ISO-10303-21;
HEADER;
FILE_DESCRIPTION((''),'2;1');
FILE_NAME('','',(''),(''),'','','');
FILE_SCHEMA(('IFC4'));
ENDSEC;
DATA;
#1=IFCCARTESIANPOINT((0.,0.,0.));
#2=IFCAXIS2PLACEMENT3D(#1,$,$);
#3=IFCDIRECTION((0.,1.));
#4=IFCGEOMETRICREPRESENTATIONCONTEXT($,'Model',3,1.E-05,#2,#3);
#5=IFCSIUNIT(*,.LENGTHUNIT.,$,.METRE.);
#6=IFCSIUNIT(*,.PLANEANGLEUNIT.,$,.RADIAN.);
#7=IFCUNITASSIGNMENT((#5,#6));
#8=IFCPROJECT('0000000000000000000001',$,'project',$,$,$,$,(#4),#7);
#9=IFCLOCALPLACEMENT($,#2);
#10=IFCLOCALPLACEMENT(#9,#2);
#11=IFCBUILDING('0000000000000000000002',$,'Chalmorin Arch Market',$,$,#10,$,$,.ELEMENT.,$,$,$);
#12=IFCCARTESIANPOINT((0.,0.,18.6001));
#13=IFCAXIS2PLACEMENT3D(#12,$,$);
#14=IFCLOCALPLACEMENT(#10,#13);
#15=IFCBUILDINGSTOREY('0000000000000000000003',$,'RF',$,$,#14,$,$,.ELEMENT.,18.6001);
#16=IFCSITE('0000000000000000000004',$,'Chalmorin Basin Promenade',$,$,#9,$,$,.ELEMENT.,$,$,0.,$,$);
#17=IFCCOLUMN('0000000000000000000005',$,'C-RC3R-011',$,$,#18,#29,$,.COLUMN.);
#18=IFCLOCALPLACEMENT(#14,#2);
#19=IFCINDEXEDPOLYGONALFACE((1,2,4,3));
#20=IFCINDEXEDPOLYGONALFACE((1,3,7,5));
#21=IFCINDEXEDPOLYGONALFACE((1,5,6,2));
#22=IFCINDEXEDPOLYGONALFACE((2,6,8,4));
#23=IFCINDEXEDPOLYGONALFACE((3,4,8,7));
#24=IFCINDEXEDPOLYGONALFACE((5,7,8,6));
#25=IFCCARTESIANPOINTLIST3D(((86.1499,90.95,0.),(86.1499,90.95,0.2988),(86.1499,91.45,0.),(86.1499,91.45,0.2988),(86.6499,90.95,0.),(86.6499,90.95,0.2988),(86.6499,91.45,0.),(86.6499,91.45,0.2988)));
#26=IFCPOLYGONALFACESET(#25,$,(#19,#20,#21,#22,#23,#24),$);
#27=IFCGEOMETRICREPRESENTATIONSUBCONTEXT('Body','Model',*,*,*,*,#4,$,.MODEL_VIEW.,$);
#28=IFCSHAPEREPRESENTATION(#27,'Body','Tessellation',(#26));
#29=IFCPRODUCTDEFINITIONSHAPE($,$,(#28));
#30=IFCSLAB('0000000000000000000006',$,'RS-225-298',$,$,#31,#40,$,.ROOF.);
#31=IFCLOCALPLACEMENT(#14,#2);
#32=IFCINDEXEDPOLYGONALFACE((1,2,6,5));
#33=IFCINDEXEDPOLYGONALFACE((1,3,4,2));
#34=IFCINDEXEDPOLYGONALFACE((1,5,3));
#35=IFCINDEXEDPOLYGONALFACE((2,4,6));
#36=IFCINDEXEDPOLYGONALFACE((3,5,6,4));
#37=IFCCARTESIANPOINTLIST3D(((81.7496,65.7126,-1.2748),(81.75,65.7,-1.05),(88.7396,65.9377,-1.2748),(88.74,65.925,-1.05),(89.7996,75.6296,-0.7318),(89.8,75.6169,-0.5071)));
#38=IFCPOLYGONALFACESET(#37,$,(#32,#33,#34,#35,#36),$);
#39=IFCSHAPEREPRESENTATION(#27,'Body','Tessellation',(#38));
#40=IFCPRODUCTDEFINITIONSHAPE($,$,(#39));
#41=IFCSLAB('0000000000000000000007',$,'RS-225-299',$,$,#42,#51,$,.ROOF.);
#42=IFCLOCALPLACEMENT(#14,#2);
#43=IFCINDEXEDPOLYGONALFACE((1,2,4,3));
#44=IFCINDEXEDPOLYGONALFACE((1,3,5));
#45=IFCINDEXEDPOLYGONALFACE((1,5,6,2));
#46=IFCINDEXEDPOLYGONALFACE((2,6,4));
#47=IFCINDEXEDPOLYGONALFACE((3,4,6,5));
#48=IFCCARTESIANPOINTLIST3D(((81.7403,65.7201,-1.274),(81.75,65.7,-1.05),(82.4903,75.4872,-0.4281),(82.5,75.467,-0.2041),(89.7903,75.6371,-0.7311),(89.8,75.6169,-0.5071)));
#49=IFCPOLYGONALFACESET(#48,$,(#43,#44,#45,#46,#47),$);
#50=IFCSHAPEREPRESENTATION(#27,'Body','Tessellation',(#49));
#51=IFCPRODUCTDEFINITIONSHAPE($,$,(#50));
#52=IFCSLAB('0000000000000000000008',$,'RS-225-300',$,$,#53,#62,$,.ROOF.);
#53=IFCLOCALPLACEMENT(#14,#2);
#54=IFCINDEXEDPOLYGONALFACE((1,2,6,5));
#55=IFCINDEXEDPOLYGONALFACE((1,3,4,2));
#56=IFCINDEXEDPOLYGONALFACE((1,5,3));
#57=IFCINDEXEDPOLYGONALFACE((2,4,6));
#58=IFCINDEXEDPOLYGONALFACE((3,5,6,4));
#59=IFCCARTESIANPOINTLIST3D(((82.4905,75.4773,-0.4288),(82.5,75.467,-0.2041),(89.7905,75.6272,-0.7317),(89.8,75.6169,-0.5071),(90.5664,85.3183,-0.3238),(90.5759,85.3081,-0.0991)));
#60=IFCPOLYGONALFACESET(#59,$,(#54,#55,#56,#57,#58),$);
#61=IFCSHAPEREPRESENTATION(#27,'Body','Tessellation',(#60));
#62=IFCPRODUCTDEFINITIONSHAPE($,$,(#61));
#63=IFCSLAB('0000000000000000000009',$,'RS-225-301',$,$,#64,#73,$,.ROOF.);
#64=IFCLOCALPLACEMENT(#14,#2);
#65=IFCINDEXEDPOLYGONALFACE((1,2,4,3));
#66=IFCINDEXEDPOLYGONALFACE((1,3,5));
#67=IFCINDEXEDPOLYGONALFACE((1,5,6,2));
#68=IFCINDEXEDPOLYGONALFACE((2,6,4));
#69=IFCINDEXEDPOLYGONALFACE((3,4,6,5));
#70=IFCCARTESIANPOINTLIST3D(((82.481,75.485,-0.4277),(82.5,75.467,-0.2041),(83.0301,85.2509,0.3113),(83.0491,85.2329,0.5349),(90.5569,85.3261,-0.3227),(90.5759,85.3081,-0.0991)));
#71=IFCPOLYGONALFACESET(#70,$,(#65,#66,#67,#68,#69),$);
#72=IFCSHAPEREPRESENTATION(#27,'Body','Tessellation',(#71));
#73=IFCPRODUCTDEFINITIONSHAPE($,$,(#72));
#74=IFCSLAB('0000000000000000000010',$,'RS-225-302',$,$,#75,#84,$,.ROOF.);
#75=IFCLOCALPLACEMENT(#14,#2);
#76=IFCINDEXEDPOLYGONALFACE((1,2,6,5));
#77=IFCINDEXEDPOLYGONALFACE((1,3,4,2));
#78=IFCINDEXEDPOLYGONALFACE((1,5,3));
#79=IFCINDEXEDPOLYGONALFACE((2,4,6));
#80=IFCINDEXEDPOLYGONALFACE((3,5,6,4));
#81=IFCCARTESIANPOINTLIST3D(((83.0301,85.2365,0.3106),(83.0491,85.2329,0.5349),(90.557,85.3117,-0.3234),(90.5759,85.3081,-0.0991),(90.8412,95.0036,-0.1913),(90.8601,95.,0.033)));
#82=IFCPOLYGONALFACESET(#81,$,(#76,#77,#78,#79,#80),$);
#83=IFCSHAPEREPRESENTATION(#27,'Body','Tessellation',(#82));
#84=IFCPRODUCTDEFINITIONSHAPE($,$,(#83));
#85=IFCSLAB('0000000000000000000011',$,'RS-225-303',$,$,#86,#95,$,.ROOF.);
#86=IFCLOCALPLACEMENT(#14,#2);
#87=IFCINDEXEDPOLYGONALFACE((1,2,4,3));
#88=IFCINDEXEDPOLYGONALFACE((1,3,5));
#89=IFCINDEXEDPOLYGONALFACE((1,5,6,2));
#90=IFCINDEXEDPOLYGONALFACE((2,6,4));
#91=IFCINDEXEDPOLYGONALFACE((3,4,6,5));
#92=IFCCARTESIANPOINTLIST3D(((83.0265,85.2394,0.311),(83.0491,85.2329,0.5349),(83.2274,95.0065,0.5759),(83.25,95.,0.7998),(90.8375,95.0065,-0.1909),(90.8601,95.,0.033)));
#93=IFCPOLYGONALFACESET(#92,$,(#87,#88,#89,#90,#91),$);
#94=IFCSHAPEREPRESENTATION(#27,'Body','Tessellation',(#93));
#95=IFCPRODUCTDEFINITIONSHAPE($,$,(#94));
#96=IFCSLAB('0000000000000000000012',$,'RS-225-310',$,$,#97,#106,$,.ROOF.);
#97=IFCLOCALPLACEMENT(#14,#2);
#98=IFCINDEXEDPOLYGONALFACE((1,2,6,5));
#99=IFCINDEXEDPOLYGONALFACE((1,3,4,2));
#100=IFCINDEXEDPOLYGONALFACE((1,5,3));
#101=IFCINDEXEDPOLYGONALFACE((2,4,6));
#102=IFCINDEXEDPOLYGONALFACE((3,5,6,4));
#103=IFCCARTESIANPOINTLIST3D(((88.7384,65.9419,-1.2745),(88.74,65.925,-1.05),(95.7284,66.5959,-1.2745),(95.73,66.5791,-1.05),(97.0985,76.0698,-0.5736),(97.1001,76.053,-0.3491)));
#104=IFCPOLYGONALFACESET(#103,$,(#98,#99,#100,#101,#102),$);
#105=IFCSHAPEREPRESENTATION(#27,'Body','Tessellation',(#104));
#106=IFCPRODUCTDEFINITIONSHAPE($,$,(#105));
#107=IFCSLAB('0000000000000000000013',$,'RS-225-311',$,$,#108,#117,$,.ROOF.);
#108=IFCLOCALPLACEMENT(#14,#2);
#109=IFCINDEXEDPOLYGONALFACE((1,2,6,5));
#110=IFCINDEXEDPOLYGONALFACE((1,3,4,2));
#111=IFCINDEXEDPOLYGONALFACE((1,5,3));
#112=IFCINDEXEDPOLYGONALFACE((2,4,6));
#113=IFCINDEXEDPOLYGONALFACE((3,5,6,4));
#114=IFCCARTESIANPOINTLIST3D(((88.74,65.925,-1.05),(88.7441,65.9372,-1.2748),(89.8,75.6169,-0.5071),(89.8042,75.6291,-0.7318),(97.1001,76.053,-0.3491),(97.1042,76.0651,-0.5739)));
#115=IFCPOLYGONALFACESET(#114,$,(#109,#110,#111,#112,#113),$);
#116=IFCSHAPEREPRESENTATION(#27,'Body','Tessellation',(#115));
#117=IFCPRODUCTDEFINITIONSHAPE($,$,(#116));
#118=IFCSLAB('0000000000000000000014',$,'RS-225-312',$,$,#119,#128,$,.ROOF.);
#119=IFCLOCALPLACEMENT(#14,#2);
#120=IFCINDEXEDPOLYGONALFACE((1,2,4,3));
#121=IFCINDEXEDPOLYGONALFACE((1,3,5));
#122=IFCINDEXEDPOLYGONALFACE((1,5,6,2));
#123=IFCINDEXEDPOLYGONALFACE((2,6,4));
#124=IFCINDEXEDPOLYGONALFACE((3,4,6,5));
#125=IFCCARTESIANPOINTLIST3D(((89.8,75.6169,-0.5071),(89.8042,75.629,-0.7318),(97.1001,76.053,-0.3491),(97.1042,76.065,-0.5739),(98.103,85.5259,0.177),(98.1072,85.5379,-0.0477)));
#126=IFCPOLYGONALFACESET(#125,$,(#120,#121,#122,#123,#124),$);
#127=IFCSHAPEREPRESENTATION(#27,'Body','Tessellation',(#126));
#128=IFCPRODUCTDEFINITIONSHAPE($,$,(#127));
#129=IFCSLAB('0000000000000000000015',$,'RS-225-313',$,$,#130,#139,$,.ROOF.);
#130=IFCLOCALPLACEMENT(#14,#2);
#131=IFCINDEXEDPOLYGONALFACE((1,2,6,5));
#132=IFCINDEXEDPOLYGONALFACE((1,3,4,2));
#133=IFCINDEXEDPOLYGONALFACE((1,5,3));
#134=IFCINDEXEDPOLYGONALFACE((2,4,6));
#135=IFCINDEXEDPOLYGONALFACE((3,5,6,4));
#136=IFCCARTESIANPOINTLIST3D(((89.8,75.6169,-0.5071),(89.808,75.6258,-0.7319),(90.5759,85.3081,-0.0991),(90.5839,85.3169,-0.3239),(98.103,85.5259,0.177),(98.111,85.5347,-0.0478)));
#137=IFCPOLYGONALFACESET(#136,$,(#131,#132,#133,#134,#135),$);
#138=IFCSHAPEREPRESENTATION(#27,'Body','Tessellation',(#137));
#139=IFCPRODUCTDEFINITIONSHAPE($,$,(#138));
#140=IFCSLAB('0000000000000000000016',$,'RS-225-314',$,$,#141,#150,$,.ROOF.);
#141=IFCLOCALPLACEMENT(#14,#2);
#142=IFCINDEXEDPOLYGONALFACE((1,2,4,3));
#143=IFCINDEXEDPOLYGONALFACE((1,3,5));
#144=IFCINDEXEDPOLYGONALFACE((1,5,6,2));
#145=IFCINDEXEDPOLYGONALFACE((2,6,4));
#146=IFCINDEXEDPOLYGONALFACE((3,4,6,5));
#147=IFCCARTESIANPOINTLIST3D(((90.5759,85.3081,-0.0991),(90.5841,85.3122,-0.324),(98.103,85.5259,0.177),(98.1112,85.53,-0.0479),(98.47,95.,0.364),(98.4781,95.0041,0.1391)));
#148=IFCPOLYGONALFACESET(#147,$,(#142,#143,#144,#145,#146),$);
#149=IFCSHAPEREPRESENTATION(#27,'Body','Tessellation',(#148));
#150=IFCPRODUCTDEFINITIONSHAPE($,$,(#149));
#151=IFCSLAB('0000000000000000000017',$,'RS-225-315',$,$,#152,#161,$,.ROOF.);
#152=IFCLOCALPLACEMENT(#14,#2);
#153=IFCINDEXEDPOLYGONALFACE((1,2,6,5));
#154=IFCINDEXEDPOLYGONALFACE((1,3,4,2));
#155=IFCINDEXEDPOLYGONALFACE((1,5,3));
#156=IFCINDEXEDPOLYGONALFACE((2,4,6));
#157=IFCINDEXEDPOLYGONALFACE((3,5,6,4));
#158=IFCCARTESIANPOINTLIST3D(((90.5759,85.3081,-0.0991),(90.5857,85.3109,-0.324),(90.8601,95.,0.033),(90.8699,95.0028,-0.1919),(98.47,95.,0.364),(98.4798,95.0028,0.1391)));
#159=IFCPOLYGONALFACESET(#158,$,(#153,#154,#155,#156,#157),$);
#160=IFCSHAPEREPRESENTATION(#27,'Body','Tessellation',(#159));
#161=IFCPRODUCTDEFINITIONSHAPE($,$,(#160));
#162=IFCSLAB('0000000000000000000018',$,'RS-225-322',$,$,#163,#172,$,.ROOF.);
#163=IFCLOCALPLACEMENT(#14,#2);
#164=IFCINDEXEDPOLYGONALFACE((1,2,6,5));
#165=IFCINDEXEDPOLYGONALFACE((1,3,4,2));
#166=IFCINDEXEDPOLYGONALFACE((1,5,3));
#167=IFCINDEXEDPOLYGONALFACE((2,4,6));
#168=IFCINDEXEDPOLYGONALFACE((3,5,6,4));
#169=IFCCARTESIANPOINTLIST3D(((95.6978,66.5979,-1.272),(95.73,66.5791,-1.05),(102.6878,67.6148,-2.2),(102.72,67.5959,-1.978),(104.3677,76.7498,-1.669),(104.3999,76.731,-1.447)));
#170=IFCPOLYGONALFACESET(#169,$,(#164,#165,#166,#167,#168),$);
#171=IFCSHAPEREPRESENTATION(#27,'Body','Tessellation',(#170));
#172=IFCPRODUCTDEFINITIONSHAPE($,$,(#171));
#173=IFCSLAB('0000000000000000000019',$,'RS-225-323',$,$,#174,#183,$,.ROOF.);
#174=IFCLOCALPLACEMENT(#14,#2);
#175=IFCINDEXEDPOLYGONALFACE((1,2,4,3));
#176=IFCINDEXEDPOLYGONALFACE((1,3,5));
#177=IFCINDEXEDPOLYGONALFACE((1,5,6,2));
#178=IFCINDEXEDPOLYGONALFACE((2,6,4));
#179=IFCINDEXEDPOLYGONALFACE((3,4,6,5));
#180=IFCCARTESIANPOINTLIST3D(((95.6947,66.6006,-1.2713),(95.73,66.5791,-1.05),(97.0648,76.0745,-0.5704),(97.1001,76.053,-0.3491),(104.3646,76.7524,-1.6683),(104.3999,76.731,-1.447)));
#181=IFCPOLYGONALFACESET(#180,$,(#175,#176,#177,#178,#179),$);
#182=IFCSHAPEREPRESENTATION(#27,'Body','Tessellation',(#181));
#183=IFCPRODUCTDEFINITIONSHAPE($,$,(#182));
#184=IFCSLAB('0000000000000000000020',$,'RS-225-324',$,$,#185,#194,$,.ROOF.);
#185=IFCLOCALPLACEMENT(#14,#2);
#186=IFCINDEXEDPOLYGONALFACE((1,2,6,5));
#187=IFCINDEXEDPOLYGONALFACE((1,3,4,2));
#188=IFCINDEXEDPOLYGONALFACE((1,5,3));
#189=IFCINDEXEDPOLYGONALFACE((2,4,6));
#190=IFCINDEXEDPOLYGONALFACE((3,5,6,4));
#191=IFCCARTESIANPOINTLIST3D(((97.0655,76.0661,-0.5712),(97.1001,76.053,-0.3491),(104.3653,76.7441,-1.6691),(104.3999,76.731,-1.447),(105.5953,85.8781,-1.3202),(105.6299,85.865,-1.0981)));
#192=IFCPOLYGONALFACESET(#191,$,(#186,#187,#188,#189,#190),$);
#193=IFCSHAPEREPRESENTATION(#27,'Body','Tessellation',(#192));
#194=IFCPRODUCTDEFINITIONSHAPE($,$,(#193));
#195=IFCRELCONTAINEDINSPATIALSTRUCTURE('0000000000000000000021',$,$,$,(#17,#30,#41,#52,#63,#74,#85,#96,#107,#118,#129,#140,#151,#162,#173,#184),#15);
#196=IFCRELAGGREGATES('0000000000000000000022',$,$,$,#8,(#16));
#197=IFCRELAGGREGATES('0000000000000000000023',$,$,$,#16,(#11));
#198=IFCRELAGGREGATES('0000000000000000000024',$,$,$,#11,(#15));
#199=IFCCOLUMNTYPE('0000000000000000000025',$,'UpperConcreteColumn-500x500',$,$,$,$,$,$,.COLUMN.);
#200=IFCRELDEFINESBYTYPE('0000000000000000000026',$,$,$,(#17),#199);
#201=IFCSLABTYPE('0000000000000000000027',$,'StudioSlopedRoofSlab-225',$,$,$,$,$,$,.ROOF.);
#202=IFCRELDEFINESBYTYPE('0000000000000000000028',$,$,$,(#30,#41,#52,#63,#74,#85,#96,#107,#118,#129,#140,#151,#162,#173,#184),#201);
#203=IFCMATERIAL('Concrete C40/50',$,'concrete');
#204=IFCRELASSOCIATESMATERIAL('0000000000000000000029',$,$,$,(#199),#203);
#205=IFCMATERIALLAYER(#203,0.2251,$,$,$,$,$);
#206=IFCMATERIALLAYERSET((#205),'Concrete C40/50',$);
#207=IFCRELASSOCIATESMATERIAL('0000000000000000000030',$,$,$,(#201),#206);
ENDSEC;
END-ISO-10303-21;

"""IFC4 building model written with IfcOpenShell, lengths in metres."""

from ifc_helpers import new_model, si_unit, direction, frame, origin, origin_2d, place, context, subcontext, project, spatial, polyline, rectangle, outline, extrude, material, layer, layer_set, material_profile, profile_set, type_object, element, save


model = new_model("IFC4")

# Units and contexts
model_context = context("Model", 3, precision=1e-05, world=origin(), true_north=direction((0.0, 1.0)))
body_context = subcontext(model_context, "Body", "Model", "MODEL_VIEW")
ifc_project = project(units=[si_unit("LENGTHUNIT", "METRE"), si_unit("PLANEANGLEUNIT", "RADIAN")], contexts=[model_context])

# Site, building, storey
site_placement = place(None, origin())
site = spatial("IfcSite", under=ifc_project, at=site_placement, Name="Chalmorin Basin Promenade", CompositionType="ELEMENT", RefElevation=0.0)
building_placement = place(site_placement, origin())
building = spatial("IfcBuilding", under=site, at=building_placement, Name="Chalmorin Arch Market", CompositionType="ELEMENT")
storey_placement = place(building_placement, frame((0.0, 0.0, 18.6001)))
storey = spatial("IfcBuildingStorey", under=building, at=storey_placement, Name="RF", CompositionType="ELEMENT", Elevation=18.6001)

# Column
ifc_material = material(Name="Concrete C40/50", Category="concrete")
ifc_material_profile = material_profile(ifc_material, rectangle(XDim=0.5, YDim=0.5, at=origin_2d()), Name="RC500X500")
ifc_profile_set = profile_set([ifc_material_profile], Name="Concrete C40/50")
column_type = type_object("IfcColumnType", Name="UpperConcreteColumn-500x500", PredefinedType="COLUMN", material=ifc_profile_set)
column_placement = place(storey_placement, frame((86.3999, 91.2, 0.0), z_axis=(0.0, 0.0, 1.0), x_axis=(1.0, 0.0, 0.0)))
element("IfcColumn", 1, at=column_placement, inside=storey, type_object=column_type, Name="C-RC3R-011", PredefinedType="COLUMN", context=body_context, shape_type="SweptSolid", body=[
    extrude(rectangle(XDim=0.5, YDim=0.5, at=origin_2d()), origin(), (0.0, 0.0, 1.0), 0.2988),
])

# Slabs
ifc_layer = layer(ifc_material, 0.2251)
ifc_layer_set = layer_set([ifc_layer], Name="Concrete C40/50")
slab_type = type_object("IfcSlabType", Name="StudioSlopedRoofSlab-225", PredefinedType="ROOF", material=ifc_layer_set)
slab_1_placement = place(storey_placement, frame((81.75, 65.7, -1.05), z_axis=(0.001808, -0.056132, 0.998422), x_axis=(0.999482, 0.032186, 0.0)))
element("IfcSlab", 2, at=slab_1_placement, inside=storey, type_object=slab_type, Name="RS-225-298", PredefinedType="ROOF", context=body_context, shape_type="SweptSolid", body=[
    extrude(outline(polyline([(0.0, 0.0), (6.9936, 0.0), (8.3651, 9.668), (0.0, 0.0)])), origin(), (0.0, 0.0, -1.0), 0.2251),
])
slab_2_placement = place(storey_placement, frame((81.75, 65.7, -1.05), z_axis=(0.043136, -0.089496, 0.995053), x_axis=(0.62967, 0.775701, 0.042471)))
element("IfcSlab", 3, at=slab_2_placement, inside=storey, type_object=slab_type, Name="RS-225-299", PredefinedType="ROOF", context=body_context, shape_type="SweptSolid", body=[
    extrude(outline(polyline([(0.0, 0.0), (12.7846, 0.0), (8.0845, 5.596), (0.0, 0.0)])), origin(), (0.0, 0.0, -1.0), 0.2251),
])
slab_3_placement = place(storey_placement, frame((82.5, 75.467, -0.2041), z_axis=(0.042356, -0.045406, 0.99807), x_axis=(0.99893, 0.020512, -0.041459)))
element("IfcSlab", 4, at=slab_3_placement, inside=storey, type_object=slab_type, Name="RS-225-300", PredefinedType="ROOF", context=body_context, shape_type="SweptSolid", body=[
    extrude(outline(polyline([(0.0, 0.0), (7.3079, 0.0), (8.2648, 9.6836), (0.0, 0.0)])), origin(), (0.0, 0.0, -1.0), 0.2251),
])
slab_4_placement = place(storey_placement, frame((82.5, 75.467, -0.2041), z_axis=(0.084463, -0.079909, 0.993217), x_axis=(0.634352, 0.773001, 0.008246)))
element("IfcSlab", 5, at=slab_4_placement, inside=storey, type_object=slab_type, Name="RS-225-301", PredefinedType="ROOF", context=body_context, shape_type="SweptSolid", body=[
    extrude(outline(polyline([(0.0, 0.0), (12.731, 0.0), (7.9034, 5.81), (0.0, 0.0)])), origin(), (0.0, 0.0, -1.0), 0.2251),
])
slab_5_placement = place(storey_placement, frame((83.0491, 85.2329, 0.5349), z_axis=(0.084087, -0.016043, 0.996329), x_axis=(0.996422, 0.009955, -0.083935)))
element("IfcSlab", 6, at=slab_5_placement, inside=storey, type_object=slab_type, Name="RS-225-302", PredefinedType="ROOF", context=body_context, shape_type="SweptSolid", body=[
    extrude(outline(polyline([(0.0, 0.0), (7.5539, 0.0), (7.9224, 9.69), (0.0, 0.0)])), origin(), (0.0, 0.0, -1.0), 0.2251),
])
slab_6_placement = place(storey_placement, frame((83.0491, 85.2329, 0.5349), z_axis=(0.100217, -0.029035, 0.994542), x_axis=(0.624064, 0.780343, -0.040104)))
element("IfcSlab", 7, at=slab_6_placement, inside=storey, type_object=slab_type, Name="RS-225-303", PredefinedType="ROOF", context=body_context, shape_type="SweptSolid", body=[
    extrude(outline(polyline([(0.0, 0.0), (12.5164, 0.0), (7.7365, 5.9711), (0.0, 0.0)])), origin(), (0.0, 0.0, -1.0), 0.2251),
])
slab_7_placement = place(storey_placement, frame((88.74, 65.925, -1.05), z_axis=(0.006998, -0.074788, 0.997175), x_axis=(0.995651, 0.093163, 0.0)))
element("IfcSlab", 8, at=slab_7_placement, inside=storey, type_object=slab_type, Name="RS-225-310", PredefinedType="ROOF", context=body_context, shape_type="SweptSolid", body=[
    extrude(outline(polyline([(0.0, 0.0), (7.0205, 0.0), (9.2673, 9.3314), (0.0, 0.0)])), origin(), (0.0, 0.0, -1.0), 0.2251),
])
slab_8_placement = place(storey_placement, frame((88.74, 65.925, -1.05), z_axis=(-0.018382, -0.053921, 0.998376), x_axis=(0.635685, 0.770106, 0.053297)))
element("IfcSlab", 9, at=slab_8_placement, inside=storey, type_object=slab_type, Name="RS-225-311", PredefinedType="ROOF", context=body_context, shape_type="SweptSolid", body=[
    extrude(outline(polyline([(0.0, 0.0), (13.1513, 0.0), (8.1666, 5.3533), (0.0, 0.0)])), origin(), (0.0, 0.0, -1.0), 0.2251),
])
slab_9_placement = place(storey_placement, frame((89.8, 75.6169, -0.5071), z_axis=(-0.018408, -0.053502, 0.998398), x_axis=(0.997988, 0.05961, 0.021595)))
element("IfcSlab", 10, at=slab_9_placement, inside=storey, type_object=slab_type, Name="RS-225-312", PredefinedType="ROOF", context=body_context, shape_type="SweptSolid", body=[
    extrude(outline(polyline([(0.0, 0.0), (7.3148, 0.0), (8.8917, 9.4091), (0.0, 0.0)])), origin(), (0.0, 0.0, -1.0), 0.2251),
])
slab_10_placement = place(storey_placement, frame((89.8, 75.6169, -0.5071), z_axis=(-0.035499, -0.039195, 0.998601), x_axis=(0.641363, 0.765415, 0.052842)))
element("IfcSlab", 11, at=slab_10_placement, inside=storey, type_object=slab_type, Name="RS-225-313", PredefinedType="ROOF", context=body_context, shape_type="SweptSolid", body=[
    extrude(outline(polyline([(0.0, 0.0), (12.9458, 0.0), (7.9369, 5.6296), (0.0, 0.0)])), origin(), (0.0, 0.0, -1.0), 0.2251),
])
slab_11_placement = place(storey_placement, frame((90.5759, 85.3081, -0.0991), z_axis=(-0.036124, -0.018324, 0.999179), x_axis=(0.99891, 0.0289, 0.036644)))
element("IfcSlab", 12, at=slab_11_placement, inside=storey, type_object=slab_type, Name="RS-225-314", PredefinedType="ROOF", context=body_context, shape_type="SweptSolid", body=[
    extrude(outline(polyline([(0.0, 0.0), (7.5353, 0.0), (8.1825, 9.461), (0.0, 0.0)])), origin(), (0.0, 0.0, -1.0), 0.2251),
])
slab_12_placement = place(storey_placement, frame((90.5759, 85.3081, -0.0991), z_axis=(-0.043459, -0.01234, 0.998979), x_axis=(0.631093, 0.774823, 0.037026)))
element("IfcSlab", 13, at=slab_12_placement, inside=storey, type_object=slab_type, Name="RS-225-315", PredefinedType="ROOF", context=body_context, shape_type="SweptSolid", body=[
    extrude(outline(polyline([(0.0, 0.0), (12.5085, 0.0), (7.6937, 5.9023), (0.0, 0.0)])), origin(), (0.0, 0.0, -1.0), 0.2251),
])
slab_13_placement = place(storey_placement, frame((95.73, 66.5791, -1.05), z_axis=(0.143089, -0.083639, 0.986169), x_axis=(0.981153, 0.14273, -0.130256)))
element("IfcSlab", 14, at=slab_13_placement, inside=storey, type_object=slab_type, Name="RS-225-322", PredefinedType="ROOF", context=body_context, shape_type="SweptSolid", body=[
    extrude(outline(polyline([(0.0, 0.0), (7.1243, 0.0), (10.0072, 8.8454), (0.0, 0.0)])), origin(), (0.0, 0.0, -1.0), 0.2251),
])
slab_14_placement = place(storey_placement, frame((95.73, 66.5791, -1.05), z_axis=(0.156708, -0.095393, 0.983027), x_axis=(0.649136, 0.760092, -0.029722)))
element("IfcSlab", 15, at=slab_14_placement, inside=storey, type_object=slab_type, Name="RS-225-323", PredefinedType="ROOF", context=body_context, shape_type="SweptSolid", body=[
    extrude(outline(polyline([(0.0, 0.0), (13.3561, 0.0), (8.0696, 5.1966), (0.0, 0.0)])), origin(), (0.0, 0.0, -1.0), 0.2251),
])
slab_15_placement = place(storey_placement, frame((97.1001, 76.053, -0.3491), z_axis=(0.153775, -0.058382, 0.98638), x_axis=(0.984734, 0.091458, -0.148105)))
element("IfcSlab", 16, at=slab_15_placement, inside=storey, type_object=slab_type, Name="RS-225-324", PredefinedType="ROOF", context=body_context, shape_type="SweptSolid", body=[
    extrude(outline(polyline([(0.0, 0.0), (7.413, 0.0), (9.4079, 9.0047), (0.0, 0.0)])), origin(), (0.0, 0.0, -1.0), 0.2251),
])

save(model, "model.ifc")
